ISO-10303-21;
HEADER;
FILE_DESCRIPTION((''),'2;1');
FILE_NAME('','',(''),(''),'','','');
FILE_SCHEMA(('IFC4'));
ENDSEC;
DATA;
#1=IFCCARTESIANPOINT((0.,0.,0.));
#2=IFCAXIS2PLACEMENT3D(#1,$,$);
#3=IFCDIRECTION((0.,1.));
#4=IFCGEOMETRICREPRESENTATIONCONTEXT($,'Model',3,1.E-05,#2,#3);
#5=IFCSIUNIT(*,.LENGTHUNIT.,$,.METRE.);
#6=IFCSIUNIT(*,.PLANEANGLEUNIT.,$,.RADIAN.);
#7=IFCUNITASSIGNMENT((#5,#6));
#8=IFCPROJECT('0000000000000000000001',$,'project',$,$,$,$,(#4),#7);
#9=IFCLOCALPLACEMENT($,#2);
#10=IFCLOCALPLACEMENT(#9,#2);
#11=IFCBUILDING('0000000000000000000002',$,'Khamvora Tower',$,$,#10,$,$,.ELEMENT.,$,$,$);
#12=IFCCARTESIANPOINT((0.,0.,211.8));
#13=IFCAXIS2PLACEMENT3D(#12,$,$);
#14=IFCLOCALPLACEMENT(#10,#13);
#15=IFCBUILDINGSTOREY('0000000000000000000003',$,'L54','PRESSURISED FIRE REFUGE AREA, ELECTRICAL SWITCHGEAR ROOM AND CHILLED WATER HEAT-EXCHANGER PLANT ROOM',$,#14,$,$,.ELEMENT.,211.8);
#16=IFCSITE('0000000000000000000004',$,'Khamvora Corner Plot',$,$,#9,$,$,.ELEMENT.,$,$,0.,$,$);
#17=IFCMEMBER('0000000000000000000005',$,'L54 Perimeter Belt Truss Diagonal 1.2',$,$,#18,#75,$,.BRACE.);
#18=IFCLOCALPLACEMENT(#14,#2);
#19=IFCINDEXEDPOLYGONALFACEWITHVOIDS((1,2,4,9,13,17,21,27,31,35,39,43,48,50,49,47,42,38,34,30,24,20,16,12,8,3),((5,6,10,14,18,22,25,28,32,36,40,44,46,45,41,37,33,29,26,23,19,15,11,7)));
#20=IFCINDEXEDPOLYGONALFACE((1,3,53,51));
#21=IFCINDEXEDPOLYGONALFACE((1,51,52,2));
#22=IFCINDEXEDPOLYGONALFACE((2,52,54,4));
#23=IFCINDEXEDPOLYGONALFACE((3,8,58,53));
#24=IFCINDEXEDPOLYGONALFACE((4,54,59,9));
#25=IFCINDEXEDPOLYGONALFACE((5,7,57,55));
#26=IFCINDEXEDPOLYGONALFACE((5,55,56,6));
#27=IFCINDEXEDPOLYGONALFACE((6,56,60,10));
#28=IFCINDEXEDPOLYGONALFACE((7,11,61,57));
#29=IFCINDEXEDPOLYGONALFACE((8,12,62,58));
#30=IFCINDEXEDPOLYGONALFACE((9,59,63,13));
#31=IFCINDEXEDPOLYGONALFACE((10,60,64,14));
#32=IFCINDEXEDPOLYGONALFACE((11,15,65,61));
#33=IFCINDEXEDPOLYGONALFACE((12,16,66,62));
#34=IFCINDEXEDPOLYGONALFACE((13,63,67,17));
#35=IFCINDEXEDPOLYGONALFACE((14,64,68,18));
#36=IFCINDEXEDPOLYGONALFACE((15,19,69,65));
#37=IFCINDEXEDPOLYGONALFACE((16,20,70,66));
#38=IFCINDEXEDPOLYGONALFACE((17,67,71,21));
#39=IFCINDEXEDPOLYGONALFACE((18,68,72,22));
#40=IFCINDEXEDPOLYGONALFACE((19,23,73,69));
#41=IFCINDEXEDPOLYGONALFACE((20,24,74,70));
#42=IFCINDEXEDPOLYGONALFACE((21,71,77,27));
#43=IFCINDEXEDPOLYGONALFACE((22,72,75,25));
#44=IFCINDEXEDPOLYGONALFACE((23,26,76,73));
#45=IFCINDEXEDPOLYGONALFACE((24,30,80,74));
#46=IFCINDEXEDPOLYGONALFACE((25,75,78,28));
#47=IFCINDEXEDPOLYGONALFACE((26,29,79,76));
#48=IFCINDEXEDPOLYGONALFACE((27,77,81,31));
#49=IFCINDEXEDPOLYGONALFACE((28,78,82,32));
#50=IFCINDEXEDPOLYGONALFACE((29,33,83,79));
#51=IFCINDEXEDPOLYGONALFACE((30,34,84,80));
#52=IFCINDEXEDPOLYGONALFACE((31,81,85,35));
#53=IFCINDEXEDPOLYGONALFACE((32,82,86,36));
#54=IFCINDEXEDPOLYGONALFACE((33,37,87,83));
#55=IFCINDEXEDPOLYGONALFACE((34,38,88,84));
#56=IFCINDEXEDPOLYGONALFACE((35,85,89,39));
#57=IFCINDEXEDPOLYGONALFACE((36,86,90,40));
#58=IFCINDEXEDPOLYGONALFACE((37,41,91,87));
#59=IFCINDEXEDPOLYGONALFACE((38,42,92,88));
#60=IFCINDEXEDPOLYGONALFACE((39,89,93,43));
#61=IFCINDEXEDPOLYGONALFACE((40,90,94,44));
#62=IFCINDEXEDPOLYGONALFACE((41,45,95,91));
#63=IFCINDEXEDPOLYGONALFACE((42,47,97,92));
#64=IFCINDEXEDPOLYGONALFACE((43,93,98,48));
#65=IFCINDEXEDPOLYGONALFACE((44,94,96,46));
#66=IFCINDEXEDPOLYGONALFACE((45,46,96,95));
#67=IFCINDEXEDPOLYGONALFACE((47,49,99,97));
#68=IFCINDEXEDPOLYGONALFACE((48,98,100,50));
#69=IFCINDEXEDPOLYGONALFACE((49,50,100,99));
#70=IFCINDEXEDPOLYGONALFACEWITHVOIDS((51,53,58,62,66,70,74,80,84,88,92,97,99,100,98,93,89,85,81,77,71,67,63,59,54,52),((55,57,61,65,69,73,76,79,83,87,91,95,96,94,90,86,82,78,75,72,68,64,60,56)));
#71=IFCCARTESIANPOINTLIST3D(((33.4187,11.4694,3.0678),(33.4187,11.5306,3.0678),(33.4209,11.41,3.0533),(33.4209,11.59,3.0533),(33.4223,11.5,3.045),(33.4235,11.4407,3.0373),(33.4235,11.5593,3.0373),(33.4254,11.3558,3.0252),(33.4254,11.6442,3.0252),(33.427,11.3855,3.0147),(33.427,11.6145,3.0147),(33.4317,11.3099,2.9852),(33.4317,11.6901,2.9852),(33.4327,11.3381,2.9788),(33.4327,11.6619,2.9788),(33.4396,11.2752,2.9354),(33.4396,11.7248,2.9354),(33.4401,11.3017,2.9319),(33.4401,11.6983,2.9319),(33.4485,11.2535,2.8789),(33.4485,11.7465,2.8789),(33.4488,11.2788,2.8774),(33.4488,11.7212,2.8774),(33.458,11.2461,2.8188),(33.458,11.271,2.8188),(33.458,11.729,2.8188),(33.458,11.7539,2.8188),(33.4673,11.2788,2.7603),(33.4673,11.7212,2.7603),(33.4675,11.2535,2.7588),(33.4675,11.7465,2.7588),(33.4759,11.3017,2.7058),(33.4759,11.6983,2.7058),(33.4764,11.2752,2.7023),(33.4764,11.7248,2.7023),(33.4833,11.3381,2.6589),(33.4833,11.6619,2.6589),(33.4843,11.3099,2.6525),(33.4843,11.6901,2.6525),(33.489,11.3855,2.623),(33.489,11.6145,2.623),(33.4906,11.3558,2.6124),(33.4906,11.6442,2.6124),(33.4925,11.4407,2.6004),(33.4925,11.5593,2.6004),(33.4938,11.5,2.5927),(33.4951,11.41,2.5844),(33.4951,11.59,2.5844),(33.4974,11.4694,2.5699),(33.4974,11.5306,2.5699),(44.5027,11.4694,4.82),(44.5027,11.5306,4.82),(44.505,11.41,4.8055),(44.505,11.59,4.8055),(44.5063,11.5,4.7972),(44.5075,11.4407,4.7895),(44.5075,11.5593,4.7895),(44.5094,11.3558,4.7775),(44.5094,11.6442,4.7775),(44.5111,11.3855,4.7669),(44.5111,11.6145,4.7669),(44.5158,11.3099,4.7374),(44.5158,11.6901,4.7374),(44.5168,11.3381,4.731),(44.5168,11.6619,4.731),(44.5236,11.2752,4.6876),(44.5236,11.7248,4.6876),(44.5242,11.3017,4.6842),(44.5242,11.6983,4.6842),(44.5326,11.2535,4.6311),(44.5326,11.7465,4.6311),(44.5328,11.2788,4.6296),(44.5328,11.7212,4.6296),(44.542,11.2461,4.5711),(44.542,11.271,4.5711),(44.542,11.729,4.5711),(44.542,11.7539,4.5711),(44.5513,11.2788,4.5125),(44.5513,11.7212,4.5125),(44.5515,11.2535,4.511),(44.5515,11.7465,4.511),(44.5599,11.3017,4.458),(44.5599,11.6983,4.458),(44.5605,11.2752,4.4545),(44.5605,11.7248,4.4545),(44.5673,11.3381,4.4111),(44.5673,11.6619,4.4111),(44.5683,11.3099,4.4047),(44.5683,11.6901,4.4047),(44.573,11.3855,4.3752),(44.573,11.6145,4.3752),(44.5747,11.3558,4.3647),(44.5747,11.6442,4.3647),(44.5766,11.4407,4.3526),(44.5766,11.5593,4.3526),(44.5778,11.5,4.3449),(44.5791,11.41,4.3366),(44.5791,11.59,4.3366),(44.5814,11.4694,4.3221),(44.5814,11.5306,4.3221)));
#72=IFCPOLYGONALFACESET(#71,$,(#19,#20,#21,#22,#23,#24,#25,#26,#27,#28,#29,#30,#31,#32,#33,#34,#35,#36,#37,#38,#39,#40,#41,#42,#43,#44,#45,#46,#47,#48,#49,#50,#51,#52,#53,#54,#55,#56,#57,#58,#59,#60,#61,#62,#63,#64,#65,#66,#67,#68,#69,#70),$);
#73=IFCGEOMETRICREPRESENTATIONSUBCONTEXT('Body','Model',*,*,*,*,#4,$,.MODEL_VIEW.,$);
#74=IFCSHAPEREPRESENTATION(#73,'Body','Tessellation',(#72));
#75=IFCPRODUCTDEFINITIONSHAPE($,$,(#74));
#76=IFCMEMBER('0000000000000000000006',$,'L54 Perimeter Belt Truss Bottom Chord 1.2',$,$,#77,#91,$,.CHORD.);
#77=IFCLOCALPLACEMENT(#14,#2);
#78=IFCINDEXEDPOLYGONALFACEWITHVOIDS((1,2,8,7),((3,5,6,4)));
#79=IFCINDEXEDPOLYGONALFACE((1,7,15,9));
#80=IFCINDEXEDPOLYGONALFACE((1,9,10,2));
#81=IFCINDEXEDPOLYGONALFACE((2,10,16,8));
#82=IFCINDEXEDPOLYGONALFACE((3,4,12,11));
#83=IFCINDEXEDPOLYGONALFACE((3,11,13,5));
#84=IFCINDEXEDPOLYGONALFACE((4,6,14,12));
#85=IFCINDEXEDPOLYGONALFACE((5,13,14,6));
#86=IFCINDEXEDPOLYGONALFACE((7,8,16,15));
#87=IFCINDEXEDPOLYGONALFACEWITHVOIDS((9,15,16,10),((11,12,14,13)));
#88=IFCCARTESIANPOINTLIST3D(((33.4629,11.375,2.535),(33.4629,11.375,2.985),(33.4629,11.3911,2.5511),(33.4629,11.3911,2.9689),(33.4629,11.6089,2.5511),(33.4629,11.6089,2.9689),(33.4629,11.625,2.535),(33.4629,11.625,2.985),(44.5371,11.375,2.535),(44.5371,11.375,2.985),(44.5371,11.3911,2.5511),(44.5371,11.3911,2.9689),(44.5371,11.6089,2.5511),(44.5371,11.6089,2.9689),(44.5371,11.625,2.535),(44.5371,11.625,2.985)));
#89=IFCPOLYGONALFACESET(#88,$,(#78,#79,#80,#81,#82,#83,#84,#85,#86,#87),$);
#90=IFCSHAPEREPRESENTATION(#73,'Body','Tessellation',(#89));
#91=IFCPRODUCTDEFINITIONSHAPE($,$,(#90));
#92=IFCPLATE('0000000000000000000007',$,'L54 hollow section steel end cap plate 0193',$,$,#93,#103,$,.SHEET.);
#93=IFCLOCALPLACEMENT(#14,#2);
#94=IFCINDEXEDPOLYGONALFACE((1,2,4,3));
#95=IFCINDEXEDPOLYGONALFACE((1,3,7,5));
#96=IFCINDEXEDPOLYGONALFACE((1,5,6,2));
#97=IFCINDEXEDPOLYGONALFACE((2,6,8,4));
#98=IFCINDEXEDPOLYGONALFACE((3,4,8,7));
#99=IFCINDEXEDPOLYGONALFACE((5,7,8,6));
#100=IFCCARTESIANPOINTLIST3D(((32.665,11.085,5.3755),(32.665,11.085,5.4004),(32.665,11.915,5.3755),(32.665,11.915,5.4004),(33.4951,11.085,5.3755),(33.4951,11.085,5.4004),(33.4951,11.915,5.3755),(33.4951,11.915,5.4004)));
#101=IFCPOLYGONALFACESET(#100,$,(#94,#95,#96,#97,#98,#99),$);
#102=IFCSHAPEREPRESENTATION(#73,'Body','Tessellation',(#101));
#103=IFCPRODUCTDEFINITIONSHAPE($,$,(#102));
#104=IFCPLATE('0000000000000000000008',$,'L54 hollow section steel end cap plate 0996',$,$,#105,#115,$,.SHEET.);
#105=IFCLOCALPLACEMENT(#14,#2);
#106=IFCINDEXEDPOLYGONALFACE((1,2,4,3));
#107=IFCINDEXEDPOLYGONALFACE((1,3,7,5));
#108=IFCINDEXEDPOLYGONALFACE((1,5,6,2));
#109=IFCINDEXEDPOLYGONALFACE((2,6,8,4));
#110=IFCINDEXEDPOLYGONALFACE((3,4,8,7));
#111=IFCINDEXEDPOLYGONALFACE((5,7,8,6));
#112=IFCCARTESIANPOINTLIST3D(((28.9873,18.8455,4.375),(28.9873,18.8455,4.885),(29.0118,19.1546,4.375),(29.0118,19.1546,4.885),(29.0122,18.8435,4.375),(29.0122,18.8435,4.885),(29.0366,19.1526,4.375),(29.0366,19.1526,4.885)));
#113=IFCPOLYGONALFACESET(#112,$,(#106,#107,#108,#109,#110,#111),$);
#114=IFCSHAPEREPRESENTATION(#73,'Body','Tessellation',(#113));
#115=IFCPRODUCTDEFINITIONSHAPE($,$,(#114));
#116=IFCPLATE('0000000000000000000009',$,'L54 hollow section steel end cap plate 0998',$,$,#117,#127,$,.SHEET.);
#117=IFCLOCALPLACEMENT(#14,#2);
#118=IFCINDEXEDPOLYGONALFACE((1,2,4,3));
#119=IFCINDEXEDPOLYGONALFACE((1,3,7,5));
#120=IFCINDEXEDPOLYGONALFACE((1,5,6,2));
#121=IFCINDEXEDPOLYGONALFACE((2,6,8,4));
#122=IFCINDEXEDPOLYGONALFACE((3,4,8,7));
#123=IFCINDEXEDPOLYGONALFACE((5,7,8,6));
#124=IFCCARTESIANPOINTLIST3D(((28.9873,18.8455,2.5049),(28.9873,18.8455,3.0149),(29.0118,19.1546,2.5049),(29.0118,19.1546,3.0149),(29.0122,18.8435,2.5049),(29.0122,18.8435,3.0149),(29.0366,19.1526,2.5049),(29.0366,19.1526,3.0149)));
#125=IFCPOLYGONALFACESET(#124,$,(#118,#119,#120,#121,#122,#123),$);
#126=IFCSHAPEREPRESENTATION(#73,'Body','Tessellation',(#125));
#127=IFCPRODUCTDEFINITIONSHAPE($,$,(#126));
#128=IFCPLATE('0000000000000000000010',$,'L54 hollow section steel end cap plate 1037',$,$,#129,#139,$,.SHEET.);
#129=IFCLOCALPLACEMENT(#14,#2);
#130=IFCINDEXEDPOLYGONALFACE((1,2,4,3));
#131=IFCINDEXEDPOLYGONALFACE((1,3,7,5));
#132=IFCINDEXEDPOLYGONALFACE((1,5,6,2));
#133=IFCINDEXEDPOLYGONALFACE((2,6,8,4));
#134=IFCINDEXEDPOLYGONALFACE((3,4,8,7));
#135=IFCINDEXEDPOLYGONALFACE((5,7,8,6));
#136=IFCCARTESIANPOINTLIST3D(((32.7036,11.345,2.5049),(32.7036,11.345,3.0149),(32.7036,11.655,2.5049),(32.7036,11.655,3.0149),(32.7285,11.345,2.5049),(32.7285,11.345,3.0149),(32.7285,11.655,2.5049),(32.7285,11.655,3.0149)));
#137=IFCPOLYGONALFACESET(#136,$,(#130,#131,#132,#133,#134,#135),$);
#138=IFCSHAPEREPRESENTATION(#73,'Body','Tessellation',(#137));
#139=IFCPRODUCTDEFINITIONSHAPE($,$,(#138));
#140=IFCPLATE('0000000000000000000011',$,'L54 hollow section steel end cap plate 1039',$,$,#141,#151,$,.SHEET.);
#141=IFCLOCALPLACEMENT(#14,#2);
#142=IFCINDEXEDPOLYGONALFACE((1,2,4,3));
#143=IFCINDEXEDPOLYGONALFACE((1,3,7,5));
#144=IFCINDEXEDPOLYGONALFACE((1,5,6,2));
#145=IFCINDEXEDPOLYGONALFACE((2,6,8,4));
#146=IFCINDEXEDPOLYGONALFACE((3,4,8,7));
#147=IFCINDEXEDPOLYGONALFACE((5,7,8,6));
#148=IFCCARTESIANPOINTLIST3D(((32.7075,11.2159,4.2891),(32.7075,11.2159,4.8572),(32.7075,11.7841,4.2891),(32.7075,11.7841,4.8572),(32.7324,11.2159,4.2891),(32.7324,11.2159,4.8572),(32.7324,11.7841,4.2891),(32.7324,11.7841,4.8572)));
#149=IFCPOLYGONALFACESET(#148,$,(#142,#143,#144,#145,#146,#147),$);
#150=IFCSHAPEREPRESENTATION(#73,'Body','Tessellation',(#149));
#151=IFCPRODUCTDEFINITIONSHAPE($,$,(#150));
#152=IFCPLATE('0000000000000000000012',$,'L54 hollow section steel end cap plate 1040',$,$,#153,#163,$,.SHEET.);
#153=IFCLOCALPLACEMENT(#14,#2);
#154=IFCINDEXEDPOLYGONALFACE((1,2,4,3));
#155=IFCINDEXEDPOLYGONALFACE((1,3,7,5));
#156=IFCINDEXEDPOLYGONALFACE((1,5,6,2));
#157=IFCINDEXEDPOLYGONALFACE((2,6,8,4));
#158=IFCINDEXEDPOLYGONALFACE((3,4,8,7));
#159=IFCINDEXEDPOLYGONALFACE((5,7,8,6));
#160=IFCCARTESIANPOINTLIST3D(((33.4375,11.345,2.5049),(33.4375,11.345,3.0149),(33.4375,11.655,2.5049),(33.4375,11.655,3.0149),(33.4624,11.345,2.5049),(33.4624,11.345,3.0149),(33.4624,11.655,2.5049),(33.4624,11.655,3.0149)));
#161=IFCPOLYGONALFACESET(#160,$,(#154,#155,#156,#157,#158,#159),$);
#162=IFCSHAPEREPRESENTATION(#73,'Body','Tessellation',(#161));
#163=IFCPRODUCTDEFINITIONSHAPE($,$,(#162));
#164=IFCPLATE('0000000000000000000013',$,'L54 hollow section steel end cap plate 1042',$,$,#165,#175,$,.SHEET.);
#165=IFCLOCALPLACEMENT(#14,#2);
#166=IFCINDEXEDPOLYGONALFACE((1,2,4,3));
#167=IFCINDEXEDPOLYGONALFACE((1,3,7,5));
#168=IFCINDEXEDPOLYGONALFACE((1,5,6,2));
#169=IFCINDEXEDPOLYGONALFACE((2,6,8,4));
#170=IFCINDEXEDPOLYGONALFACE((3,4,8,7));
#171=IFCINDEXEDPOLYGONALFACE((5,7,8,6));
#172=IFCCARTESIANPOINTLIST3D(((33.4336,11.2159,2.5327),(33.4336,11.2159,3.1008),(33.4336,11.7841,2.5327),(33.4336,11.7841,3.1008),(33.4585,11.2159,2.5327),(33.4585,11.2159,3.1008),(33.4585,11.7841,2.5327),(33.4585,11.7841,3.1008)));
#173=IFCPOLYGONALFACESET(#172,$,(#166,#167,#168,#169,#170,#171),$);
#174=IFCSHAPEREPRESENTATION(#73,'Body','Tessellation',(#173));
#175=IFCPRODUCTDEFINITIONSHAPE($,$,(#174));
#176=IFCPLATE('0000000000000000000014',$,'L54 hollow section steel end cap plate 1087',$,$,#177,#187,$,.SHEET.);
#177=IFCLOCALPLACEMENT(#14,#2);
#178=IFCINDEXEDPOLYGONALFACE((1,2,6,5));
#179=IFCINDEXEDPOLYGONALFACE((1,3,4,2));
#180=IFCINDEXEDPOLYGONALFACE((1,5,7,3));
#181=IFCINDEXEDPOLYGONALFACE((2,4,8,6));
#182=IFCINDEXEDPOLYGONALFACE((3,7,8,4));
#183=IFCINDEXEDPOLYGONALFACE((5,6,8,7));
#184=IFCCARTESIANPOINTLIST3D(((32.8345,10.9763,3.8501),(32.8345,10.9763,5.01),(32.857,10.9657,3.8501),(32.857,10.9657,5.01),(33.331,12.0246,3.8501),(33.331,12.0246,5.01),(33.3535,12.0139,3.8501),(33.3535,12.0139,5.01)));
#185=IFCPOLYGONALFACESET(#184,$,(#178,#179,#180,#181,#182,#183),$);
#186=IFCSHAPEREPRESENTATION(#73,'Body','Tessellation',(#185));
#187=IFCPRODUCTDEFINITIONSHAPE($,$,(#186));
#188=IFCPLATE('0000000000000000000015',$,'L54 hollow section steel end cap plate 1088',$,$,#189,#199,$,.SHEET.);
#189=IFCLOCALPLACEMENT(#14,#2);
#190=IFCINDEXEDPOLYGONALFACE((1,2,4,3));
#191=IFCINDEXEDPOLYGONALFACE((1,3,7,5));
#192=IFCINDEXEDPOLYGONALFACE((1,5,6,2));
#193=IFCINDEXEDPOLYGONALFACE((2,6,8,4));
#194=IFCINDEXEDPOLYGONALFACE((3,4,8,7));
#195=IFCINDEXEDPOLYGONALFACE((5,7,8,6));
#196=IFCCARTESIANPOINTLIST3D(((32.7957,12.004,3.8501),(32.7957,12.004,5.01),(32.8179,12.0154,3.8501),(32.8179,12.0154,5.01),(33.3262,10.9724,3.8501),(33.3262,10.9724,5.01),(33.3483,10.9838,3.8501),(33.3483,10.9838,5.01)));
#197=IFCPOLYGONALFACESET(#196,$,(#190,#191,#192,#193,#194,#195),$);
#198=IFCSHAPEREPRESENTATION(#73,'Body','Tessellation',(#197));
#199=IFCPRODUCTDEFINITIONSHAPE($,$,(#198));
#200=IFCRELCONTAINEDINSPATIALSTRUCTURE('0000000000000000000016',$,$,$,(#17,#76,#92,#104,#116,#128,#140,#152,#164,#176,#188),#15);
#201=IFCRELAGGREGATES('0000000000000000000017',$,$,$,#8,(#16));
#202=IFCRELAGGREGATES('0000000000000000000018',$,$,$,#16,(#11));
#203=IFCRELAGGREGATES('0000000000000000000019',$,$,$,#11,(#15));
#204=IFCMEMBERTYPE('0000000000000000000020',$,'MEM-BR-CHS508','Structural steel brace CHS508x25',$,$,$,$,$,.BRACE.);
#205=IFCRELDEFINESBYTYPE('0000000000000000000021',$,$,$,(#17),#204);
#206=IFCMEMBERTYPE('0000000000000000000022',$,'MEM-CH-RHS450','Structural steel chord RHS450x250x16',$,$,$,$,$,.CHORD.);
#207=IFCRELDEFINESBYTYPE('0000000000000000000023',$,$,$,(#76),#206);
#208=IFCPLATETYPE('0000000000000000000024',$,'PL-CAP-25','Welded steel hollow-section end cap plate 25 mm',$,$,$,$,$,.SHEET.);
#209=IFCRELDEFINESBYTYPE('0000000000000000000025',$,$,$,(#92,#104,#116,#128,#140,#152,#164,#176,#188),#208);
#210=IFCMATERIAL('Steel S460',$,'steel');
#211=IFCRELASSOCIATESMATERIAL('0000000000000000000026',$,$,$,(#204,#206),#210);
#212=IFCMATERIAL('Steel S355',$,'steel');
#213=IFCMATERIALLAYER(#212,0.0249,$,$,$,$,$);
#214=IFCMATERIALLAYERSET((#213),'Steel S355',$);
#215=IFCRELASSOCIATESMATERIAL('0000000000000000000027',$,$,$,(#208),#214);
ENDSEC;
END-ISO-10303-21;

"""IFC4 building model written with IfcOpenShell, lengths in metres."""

from ifc_helpers import new_model, si_unit, direction, frame, origin, origin_2d, place, context, subcontext, project, spatial, rectangle, hollow_rectangle, hollow_circle, extrude, material, layer, layer_set, material_profile, profile_set, type_object, element, save


model = new_model("IFC4")

# Units and contexts
model_context = context("Model", 3, precision=1e-05, world=origin(), true_north=direction((0.0, 1.0)))
body_context = subcontext(model_context, "Body", "Model", "MODEL_VIEW")
ifc_project = project(units=[si_unit("LENGTHUNIT", "METRE"), si_unit("PLANEANGLEUNIT", "RADIAN")], contexts=[model_context])

# Site, building, storey
site_placement = place(None, origin())
site = spatial("IfcSite", under=ifc_project, at=site_placement, Name="Khamvora Corner Plot", CompositionType="ELEMENT", RefElevation=0.0)
building_placement = place(site_placement, origin())
building = spatial("IfcBuilding", under=site, at=building_placement, Name="Khamvora Tower", CompositionType="ELEMENT")
storey_placement = place(building_placement, frame((0.0, 0.0, 211.8)))
storey = spatial("IfcBuildingStorey", under=building, at=storey_placement, Name="L54", Description="PRESSURISED FIRE REFUGE AREA, ELECTRICAL SWITCHGEAR ROOM AND CHILLED WATER HEAT-EXCHANGER PLANT ROOM", CompositionType="ELEMENT", Elevation=211.8)

# Shared definitions
ifc_material_1 = material(Name="Steel S355", Category="steel")

# Shared definitions
ifc_material_2 = material(Name="Steel S460", Category="steel")

# Members
ifc_material_profile_1 = material_profile(ifc_material_2, hollow_circle(Radius=0.2539, WallThickness=0.0249, at=origin_2d()), Name="CHS508x25")
ifc_profile_set_1 = profile_set([ifc_material_profile_1], Name="Steel S460")
member_type_1 = type_object("IfcMemberType", Name="MEM-BR-CHS508", Description="Structural steel brace CHS508x25", PredefinedType="BRACE", material=ifc_profile_set_1)
member_1_placement = place(storey_placement, frame((33.458, 11.5, 2.8188), z_axis=(0.987734, 0.0, 0.156145), x_axis=(0.0, 1.0, 0.0)))
element("IfcMember", 1, at=member_1_placement, inside=storey, type_object=member_type_1, Name="L54 Perimeter Belt Truss Diagonal 1.2", PredefinedType="BRACE", context=body_context, shape_type="SweptSolid", body=[
    extrude(hollow_circle(Radius=0.2539, WallThickness=0.0249, at=origin_2d()), origin(), (0.0, 0.0, 1.0), 11.2217),
])
ifc_material_profile_2 = material_profile(ifc_material_2, hollow_rectangle(XDim=0.25, YDim=0.45, WallThickness=0.0161, at=origin_2d()), Name="RHS450x250x16")
ifc_profile_set_2 = profile_set([ifc_material_profile_2], Name="Steel S460")
member_type_2 = type_object("IfcMemberType", Name="MEM-CH-RHS450", Description="Structural steel chord RHS450x250x16", PredefinedType="CHORD", material=ifc_profile_set_2)
member_2_placement = place(storey_placement, frame((33.4629, 11.5, 2.76), z_axis=(1.0, 0.0, 0.0), x_axis=(0.0, 1.0, 0.0)))
element("IfcMember", 2, at=member_2_placement, inside=storey, type_object=member_type_2, Name="L54 Perimeter Belt Truss Bottom Chord 1.2", PredefinedType="CHORD", context=body_context, shape_type="SweptSolid", body=[
    extrude(hollow_rectangle(XDim=0.25, YDim=0.45, WallThickness=0.0161, at=origin_2d()), origin(), (0.0, 0.0, 1.0), 11.0742),
])

# Plates
ifc_layer_1 = layer(ifc_material_1, 0.0249)
ifc_layer_set_1 = layer_set([ifc_layer_1], Name="Steel S355")
plate_type_1 = type_object("IfcPlateType", Name="PL-CAP-25", Description="Welded steel hollow-section end cap plate 25 mm", PredefinedType="SHEET", material=ifc_layer_set_1)
plate_1_placement = place(storey_placement, frame((33.0801, 11.5, 5.3755), z_axis=(0.0, 0.0, 1.0), x_axis=(1.0, 0.0, 0.0)))
element("IfcPlate", 3, at=plate_1_placement, inside=storey, type_object=plate_type_1, Name="L54 hollow section steel end cap plate 0193", PredefinedType="SHEET", context=body_context, shape_type="SweptSolid", body=[
    extrude(rectangle(XDim=0.8301, YDim=0.8301, at=origin_2d()), origin(), (0.0, 0.0, 1.0), 0.0249),
])
for number, where, z_axis, x_axis, name in (
    (4, (29.012, 18.999, 4.375), (0.0, 0.0, 1.0), (-0.99689, 0.078807, 0.0), "L54 hollow section steel end cap plate 0996"),
    (5, (29.012, 18.999, 2.5049), (0.0, 0.0, 1.0), (-0.99689, 0.078807, 0.0), "L54 hollow section steel end cap plate 0998"),
    (6, (32.7161, 11.5, 2.5049), (0.0, 0.0, 1.0), (1.0, 0.0, 0.0), "L54 hollow section steel end cap plate 1037"),
):
    element("IfcPlate", number, at=place(storey_placement, frame(where, z_axis=z_axis, x_axis=x_axis)), inside=storey, type_object=plate_type_1, Name=name, PredefinedType="SHEET", context=body_context, shape_type="SweptSolid", body=[
        extrude(rectangle(XDim=0.0249, YDim=0.3101, at=origin_2d()), origin(), (0.0, 0.0, 1.0), 0.51),
    ])
plate_2_placement = place(storey_placement, frame((32.72, 11.5, 4.2891), z_axis=(0.0, 0.0, 1.0), x_axis=(1.0, 0.0, 0.0)))
element("IfcPlate", 7, at=plate_2_placement, inside=storey, type_object=plate_type_1, Name="L54 hollow section steel end cap plate 1039", PredefinedType="SHEET", context=body_context, shape_type="SweptSolid", body=[
    extrude(rectangle(XDim=0.0249, YDim=0.5681, at=origin_2d()), origin(), (0.0, 0.0, 1.0), 0.5681),
])
plate_3_placement = place(storey_placement, frame((33.45, 11.5, 2.5049), z_axis=(0.0, 0.0, 1.0), x_axis=(1.0, 0.0, 0.0)))
element("IfcPlate", 8, at=plate_3_placement, inside=storey, type_object=plate_type_1, Name="L54 hollow section steel end cap plate 1040", PredefinedType="SHEET", context=body_context, shape_type="SweptSolid", body=[
    extrude(rectangle(XDim=0.0249, YDim=0.3101, at=origin_2d()), origin(), (0.0, 0.0, 1.0), 0.51),
])
plate_4_placement = place(storey_placement, frame((33.446, 11.5, 2.5327), z_axis=(0.0, 0.0, 1.0), x_axis=(1.0, 0.0, 0.0)))
element("IfcPlate", 9, at=plate_4_placement, inside=storey, type_object=plate_type_1, Name="L54 hollow section steel end cap plate 1042", PredefinedType="SHEET", context=body_context, shape_type="SweptSolid", body=[
    extrude(rectangle(XDim=0.0249, YDim=0.5681, at=origin_2d()), origin(), (0.0, 0.0, 1.0), 0.5681),
])
for number, where, z_axis, x_axis, name in (
    (10, (33.094, 11.4951, 3.8501), (0.0, 0.0, 1.0), (-0.903732, 0.428099, 0.0), "L54 hollow section steel end cap plate 1087"),
    (11, (33.072, 11.4939, 3.8501), (0.0, 0.0, 1.0), (0.889313, 0.4573, 0.0), "L54 hollow section steel end cap plate 1088"),
):
    element("IfcPlate", number, at=place(storey_placement, frame(where, z_axis=z_axis, x_axis=x_axis)), inside=storey, type_object=plate_type_1, Name=name, PredefinedType="SHEET", context=body_context, shape_type="SweptSolid", body=[
        extrude(rectangle(XDim=0.0249, YDim=1.1599, at=origin_2d()), origin(), (0.0, 0.0, 1.0), 1.1599),
    ])

save(model, "model.ifc")
